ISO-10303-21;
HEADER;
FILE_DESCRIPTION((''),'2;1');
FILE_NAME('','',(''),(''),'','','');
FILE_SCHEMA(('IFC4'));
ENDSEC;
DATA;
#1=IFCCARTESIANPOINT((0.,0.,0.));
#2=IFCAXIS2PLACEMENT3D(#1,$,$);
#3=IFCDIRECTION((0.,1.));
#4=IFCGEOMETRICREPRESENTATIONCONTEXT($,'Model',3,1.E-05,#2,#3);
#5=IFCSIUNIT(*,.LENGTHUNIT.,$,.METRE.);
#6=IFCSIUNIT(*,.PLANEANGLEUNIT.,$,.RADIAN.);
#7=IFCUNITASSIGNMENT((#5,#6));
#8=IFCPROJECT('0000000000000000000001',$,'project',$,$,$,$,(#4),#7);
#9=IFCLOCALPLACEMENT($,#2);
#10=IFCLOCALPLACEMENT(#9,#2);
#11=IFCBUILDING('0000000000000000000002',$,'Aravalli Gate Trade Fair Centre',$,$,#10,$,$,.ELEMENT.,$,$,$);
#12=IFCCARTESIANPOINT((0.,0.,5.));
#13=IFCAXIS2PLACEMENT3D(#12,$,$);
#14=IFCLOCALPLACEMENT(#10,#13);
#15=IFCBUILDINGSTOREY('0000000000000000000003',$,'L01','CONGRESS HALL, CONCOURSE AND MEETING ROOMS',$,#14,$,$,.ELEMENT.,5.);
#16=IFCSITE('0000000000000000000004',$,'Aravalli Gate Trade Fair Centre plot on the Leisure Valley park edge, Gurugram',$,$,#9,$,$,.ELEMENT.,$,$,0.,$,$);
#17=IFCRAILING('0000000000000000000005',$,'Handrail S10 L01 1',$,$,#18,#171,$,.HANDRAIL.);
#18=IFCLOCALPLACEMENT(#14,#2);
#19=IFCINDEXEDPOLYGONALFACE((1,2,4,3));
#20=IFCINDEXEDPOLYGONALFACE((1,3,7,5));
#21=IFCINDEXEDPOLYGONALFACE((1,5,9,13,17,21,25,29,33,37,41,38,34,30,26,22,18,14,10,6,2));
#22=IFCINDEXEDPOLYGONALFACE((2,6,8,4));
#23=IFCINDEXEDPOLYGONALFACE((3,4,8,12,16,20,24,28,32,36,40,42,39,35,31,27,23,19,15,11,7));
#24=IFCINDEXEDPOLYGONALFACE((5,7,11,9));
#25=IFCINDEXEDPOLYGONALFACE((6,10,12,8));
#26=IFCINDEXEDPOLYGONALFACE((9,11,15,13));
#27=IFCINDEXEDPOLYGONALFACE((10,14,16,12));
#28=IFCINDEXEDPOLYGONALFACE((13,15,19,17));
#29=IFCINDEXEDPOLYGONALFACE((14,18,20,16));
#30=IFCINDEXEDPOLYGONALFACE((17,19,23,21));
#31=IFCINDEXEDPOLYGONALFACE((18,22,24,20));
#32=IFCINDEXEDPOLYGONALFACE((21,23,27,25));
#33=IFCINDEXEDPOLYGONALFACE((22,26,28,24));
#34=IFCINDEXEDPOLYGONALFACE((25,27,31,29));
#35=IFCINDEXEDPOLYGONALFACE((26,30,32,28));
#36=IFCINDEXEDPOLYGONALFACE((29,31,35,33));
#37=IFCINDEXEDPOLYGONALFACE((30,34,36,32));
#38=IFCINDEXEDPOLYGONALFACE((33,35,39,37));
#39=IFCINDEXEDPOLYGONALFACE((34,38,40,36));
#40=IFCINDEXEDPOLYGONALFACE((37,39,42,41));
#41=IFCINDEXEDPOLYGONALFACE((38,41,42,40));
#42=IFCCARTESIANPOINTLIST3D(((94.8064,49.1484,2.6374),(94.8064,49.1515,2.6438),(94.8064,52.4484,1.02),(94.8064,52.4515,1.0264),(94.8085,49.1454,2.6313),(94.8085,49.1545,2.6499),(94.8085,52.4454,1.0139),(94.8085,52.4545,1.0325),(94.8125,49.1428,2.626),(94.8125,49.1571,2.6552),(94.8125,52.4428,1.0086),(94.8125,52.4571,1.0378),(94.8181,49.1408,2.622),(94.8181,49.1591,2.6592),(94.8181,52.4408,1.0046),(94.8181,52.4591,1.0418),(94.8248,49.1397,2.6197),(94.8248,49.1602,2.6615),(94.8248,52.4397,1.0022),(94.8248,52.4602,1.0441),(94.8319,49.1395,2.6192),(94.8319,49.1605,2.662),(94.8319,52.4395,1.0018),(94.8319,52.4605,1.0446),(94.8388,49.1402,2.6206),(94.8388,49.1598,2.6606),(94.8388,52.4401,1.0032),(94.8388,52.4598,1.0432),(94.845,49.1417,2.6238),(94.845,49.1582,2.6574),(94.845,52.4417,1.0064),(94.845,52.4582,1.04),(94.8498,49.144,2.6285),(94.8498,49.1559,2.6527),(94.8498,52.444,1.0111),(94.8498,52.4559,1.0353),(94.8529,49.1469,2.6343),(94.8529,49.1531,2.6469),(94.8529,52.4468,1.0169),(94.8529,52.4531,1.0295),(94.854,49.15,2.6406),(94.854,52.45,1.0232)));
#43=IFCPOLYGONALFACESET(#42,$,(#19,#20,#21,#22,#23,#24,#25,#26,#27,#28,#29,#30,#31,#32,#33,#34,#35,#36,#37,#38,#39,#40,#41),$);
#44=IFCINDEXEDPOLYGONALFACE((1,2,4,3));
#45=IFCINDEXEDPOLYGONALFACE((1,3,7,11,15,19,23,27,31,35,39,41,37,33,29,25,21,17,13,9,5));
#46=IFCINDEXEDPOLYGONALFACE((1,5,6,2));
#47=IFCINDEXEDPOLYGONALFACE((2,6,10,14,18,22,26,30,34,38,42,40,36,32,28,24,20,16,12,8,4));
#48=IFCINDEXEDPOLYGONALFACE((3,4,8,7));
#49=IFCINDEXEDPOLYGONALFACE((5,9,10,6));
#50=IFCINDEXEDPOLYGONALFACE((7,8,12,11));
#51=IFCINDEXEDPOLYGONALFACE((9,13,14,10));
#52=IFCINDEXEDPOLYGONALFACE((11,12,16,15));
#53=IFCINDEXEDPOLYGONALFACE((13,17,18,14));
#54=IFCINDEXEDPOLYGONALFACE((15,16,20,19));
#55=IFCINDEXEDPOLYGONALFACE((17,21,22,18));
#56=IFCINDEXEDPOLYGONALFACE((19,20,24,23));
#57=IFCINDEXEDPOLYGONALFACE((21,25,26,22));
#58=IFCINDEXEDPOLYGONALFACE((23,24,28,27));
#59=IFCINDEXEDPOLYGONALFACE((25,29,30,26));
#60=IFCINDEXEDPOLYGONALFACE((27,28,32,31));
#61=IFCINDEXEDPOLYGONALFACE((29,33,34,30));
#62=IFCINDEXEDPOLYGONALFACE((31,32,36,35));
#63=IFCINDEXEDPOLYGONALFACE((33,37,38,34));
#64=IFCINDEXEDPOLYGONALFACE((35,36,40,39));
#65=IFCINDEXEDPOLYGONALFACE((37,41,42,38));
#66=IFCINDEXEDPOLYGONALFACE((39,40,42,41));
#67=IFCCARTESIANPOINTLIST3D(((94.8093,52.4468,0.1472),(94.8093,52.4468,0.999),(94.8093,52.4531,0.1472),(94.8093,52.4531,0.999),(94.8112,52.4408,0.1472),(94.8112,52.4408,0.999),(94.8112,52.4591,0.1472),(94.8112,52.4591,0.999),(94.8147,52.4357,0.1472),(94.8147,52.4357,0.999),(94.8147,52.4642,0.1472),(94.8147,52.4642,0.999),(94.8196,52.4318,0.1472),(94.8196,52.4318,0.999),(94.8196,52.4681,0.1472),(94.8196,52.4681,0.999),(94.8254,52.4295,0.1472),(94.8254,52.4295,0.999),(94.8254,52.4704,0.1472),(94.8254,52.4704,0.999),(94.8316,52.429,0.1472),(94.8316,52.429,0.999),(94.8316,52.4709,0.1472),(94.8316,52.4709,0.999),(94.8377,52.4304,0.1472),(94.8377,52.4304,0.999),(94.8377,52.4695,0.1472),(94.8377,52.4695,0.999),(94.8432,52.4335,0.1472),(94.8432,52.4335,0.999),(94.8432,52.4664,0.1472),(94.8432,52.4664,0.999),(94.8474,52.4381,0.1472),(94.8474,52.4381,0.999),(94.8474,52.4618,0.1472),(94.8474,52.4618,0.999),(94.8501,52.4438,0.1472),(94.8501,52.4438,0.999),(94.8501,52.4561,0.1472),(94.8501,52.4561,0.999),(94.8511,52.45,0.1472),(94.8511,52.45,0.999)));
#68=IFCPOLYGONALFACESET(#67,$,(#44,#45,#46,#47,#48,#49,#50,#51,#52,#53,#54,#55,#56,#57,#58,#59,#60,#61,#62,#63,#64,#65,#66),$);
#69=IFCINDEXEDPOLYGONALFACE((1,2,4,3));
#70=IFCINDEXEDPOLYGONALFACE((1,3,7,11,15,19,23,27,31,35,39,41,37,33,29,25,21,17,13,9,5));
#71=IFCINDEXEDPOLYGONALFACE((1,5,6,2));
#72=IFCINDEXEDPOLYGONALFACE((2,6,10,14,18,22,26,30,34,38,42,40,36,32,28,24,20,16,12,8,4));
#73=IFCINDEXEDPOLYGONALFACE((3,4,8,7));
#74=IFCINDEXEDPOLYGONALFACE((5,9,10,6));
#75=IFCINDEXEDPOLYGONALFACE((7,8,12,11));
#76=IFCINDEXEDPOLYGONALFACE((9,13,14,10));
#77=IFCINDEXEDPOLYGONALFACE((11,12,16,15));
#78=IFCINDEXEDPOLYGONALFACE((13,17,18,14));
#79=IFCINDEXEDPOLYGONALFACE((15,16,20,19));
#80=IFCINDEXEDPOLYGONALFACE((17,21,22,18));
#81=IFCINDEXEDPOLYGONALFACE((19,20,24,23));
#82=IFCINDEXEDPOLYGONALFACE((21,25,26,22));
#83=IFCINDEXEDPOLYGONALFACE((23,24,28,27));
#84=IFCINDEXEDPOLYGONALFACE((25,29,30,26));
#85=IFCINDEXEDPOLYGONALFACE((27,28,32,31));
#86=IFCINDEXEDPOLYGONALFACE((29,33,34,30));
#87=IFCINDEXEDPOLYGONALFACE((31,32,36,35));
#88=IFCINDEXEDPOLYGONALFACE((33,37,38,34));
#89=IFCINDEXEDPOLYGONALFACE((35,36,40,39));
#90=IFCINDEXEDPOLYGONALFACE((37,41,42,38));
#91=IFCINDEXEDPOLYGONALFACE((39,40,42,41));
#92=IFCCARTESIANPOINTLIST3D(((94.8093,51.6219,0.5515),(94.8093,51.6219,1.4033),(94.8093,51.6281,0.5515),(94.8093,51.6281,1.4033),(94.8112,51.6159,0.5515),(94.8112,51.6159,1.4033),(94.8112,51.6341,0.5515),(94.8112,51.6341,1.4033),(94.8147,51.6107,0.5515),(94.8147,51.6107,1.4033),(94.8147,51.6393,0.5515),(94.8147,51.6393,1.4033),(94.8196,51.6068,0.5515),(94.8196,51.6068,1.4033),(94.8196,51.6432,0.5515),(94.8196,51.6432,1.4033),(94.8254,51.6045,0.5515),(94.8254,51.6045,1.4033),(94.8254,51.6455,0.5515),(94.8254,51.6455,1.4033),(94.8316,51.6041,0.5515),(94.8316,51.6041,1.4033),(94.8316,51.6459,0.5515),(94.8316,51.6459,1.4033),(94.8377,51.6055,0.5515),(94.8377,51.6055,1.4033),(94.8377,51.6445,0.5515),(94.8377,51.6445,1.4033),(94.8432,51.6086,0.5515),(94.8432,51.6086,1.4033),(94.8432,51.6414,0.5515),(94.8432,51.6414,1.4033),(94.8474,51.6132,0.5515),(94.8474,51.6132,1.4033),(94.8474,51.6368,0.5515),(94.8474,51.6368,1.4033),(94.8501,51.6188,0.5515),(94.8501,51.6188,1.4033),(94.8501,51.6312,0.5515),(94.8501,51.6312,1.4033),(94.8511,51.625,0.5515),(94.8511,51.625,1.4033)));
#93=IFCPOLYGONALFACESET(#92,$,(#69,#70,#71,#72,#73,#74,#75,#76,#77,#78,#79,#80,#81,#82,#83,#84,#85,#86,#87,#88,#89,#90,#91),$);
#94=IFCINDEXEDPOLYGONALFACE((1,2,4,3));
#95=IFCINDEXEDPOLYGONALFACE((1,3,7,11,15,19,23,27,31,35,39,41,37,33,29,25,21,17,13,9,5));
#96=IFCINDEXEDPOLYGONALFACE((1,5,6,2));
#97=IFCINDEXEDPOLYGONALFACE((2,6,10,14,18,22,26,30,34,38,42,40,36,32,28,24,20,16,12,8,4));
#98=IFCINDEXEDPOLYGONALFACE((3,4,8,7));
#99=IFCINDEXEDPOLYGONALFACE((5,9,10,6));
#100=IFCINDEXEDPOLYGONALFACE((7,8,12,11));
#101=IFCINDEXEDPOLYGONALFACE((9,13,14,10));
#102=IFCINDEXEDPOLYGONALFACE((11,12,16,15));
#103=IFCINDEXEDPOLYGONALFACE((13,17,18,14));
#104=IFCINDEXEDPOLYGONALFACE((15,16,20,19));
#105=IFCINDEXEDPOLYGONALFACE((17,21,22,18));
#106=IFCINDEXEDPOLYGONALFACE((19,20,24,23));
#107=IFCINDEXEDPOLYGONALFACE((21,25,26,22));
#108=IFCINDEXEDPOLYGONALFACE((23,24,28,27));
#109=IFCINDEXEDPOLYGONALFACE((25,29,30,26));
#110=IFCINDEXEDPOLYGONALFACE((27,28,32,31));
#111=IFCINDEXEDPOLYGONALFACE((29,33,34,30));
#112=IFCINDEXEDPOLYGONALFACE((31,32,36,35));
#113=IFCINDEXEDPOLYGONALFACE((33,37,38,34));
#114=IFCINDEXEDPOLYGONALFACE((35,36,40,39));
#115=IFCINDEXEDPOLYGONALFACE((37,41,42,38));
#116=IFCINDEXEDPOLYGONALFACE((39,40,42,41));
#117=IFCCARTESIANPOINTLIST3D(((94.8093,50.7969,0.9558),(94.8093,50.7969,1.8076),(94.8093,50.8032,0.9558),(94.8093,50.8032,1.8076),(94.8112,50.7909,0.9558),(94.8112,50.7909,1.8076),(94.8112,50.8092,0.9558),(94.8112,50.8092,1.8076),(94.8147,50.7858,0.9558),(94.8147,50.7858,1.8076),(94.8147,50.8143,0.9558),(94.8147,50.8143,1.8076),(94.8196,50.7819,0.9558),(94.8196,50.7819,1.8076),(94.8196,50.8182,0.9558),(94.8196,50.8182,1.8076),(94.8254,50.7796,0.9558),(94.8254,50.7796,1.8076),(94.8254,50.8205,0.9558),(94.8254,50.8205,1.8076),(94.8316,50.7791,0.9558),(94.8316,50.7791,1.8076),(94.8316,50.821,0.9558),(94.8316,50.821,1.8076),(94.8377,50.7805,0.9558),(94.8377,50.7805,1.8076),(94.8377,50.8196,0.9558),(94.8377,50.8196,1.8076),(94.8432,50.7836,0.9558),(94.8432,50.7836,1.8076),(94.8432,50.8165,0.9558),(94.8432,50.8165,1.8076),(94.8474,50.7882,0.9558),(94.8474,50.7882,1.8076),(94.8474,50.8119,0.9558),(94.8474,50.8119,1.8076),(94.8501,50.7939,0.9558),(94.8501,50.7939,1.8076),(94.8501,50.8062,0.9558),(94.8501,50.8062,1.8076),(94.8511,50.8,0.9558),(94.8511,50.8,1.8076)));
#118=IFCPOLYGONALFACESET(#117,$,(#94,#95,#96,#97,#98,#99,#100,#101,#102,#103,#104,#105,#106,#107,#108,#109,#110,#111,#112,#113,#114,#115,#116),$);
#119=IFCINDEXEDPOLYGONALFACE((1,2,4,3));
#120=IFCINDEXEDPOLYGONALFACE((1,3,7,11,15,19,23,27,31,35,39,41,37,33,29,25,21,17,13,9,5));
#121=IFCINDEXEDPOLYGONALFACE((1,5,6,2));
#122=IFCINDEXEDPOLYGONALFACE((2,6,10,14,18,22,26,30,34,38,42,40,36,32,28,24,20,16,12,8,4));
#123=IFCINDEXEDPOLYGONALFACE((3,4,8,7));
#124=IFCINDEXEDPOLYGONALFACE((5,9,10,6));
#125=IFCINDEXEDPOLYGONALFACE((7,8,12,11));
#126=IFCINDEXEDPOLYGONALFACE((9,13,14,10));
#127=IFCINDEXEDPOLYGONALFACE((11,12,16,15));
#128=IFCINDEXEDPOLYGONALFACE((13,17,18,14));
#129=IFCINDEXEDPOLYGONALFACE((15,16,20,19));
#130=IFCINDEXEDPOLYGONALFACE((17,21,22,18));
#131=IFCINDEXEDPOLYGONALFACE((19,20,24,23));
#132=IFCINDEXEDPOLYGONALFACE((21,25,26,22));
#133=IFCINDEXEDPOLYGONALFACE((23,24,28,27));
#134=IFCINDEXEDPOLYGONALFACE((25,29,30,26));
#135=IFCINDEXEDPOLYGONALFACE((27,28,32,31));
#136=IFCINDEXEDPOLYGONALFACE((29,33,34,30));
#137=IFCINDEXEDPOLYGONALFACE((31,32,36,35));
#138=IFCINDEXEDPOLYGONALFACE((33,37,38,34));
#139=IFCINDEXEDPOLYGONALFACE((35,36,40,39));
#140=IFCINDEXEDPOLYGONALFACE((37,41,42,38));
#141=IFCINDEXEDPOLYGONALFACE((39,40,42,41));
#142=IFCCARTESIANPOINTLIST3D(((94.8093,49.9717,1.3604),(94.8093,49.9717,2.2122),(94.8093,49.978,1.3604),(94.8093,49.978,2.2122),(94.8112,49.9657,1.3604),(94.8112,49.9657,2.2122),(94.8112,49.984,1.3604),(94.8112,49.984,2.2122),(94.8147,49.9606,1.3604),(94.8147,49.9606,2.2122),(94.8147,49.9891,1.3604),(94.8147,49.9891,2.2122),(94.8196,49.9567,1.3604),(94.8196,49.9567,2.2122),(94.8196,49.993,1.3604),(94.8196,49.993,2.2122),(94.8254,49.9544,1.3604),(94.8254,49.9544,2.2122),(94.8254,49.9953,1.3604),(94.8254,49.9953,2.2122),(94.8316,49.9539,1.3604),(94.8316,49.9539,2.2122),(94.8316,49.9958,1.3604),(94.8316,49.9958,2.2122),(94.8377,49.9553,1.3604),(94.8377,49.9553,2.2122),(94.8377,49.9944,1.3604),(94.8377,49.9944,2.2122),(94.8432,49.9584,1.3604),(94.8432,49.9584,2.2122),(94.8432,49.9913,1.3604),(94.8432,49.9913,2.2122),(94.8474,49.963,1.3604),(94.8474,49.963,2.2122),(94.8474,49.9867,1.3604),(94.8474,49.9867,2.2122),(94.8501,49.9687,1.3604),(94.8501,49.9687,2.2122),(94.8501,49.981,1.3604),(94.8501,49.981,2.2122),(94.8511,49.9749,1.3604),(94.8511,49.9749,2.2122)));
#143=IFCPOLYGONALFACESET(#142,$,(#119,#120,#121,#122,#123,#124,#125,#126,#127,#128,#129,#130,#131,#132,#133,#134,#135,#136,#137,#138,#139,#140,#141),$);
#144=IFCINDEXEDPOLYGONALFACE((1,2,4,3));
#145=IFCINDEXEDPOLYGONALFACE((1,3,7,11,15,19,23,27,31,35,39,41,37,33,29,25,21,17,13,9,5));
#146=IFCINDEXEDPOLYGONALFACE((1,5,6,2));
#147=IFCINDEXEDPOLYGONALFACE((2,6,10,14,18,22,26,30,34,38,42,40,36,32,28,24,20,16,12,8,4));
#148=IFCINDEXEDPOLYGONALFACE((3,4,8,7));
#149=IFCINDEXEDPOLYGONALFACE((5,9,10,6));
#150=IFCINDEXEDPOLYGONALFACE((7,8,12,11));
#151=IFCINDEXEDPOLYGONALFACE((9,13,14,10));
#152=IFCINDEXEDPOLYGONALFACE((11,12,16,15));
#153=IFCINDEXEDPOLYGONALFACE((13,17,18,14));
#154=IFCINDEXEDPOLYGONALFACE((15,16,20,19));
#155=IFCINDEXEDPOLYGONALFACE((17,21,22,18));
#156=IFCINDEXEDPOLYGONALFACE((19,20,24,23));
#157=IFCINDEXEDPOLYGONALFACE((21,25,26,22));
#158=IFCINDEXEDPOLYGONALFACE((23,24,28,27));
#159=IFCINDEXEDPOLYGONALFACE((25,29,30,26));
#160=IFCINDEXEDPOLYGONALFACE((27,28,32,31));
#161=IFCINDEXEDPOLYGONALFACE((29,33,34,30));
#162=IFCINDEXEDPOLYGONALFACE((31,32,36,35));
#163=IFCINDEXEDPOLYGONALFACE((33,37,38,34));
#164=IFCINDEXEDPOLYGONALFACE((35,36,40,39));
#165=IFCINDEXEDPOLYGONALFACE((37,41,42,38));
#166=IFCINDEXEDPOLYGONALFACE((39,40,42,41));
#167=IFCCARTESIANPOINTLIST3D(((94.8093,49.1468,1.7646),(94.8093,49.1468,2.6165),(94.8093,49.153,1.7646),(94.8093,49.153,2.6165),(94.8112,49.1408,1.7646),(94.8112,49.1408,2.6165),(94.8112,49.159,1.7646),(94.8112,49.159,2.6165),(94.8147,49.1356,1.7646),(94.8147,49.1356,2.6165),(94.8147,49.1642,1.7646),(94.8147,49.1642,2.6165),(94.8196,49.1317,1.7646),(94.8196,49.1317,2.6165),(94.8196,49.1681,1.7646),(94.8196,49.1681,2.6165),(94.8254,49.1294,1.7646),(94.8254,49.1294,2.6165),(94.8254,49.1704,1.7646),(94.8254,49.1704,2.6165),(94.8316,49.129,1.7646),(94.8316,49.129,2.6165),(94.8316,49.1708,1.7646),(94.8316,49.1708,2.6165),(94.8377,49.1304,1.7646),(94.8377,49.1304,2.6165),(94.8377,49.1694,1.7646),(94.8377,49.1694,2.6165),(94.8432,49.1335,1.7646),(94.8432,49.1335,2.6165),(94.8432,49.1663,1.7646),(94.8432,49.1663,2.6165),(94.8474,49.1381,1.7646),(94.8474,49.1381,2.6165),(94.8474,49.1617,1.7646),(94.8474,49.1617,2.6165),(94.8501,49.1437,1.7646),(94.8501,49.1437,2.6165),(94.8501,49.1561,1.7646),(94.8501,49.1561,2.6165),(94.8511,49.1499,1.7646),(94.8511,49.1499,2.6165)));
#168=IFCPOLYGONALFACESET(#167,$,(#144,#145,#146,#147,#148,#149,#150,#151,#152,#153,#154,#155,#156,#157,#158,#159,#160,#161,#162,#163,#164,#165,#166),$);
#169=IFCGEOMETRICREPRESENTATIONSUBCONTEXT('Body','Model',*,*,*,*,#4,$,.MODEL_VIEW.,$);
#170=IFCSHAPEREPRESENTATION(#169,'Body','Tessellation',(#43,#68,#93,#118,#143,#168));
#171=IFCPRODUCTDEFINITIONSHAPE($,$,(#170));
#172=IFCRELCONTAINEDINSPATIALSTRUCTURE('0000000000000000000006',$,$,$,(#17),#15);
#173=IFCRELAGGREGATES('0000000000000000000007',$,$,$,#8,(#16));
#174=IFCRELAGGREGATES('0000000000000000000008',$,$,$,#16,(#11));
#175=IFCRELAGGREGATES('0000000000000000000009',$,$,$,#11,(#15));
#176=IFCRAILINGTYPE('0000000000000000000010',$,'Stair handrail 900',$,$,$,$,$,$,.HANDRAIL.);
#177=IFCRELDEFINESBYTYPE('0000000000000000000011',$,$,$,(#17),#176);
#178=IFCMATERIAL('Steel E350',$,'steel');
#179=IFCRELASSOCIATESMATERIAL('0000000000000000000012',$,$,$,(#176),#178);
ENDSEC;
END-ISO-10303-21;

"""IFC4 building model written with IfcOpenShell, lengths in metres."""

from ifc_helpers import new_model, si_unit, direction, frame, origin, origin_2d, place, context, subcontext, project, spatial, circle, extrude, material, type_object, element, save


model = new_model("IFC4")

# Units and contexts
model_context = context("Model", 3, precision=1e-05, world=origin(), true_north=direction((0.0, 1.0)))
body_context = subcontext(model_context, "Body", "Model", "MODEL_VIEW")
ifc_project = project(units=[si_unit("LENGTHUNIT", "METRE"), si_unit("PLANEANGLEUNIT", "RADIAN")], contexts=[model_context])

# Site, building, storey
site_placement = place(None, origin())
site = spatial("IfcSite", under=ifc_project, at=site_placement, Name="Aravalli Gate Trade Fair Centre plot on the Leisure Valley park edge, Gurugram", CompositionType="ELEMENT", RefElevation=0.0)
building_placement = place(site_placement, origin())
building = spatial("IfcBuilding", under=site, at=building_placement, Name="Aravalli Gate Trade Fair Centre", CompositionType="ELEMENT")
storey_placement = place(building_placement, frame((0.0, 0.0, 5.0)))
storey = spatial("IfcBuildingStorey", under=building, at=storey_placement, Name="L01", Description="CONGRESS HALL, CONCOURSE AND MEETING ROOMS", CompositionType="ELEMENT", Elevation=5.0)

# Railing
ifc_material_1 = material(Name="Steel E350", Category="steel")
railing_type = type_object("IfcRailingType", Name="Stair handrail 900", PredefinedType="HANDRAIL", material=ifc_material_1)
for number, where, name in (
    (1, (94.8301, 52.45, 0.1472), "Handrail S10 L01 1"),
):
    element("IfcRailing", number, at=place(storey_placement, frame(where)), inside=storey, type_object=railing_type, Name=name, PredefinedType="HANDRAIL", context=body_context, shape_type="SweptSolid", body=[
        extrude(circle(Radius=0.0239, at=origin_2d()), frame((0.0, 0.0, 0.876), z_axis=(0.0, -0.897946, 0.440105), x_axis=(1.0, 0.0, 0.0)), (0.0, 0.0, 1.0), 3.675),
        extrude(circle(Radius=0.021, at=origin_2d()), origin(), (0.0, 0.0, 1.0), 0.8518),
        extrude(circle(Radius=0.021, at=origin_2d()), frame((0.0, -0.825, 0.4043)), (0.0, 0.0, 1.0), 0.8518),
        extrude(circle(Radius=0.021, at=origin_2d()), frame((0.0, -1.6499, 0.8086)), (0.0, 0.0, 1.0), 0.8518),
        extrude(circle(Radius=0.021, at=origin_2d()), frame((0.0, -2.4751, 1.2131)), (0.0, 0.0, 1.0), 0.8518),
        extrude(circle(Radius=0.021, at=origin_2d()), frame((0.0, -3.3, 1.6174)), (0.0, 0.0, 1.0), 0.8518),
    ])

save(model, "model.ifc")
